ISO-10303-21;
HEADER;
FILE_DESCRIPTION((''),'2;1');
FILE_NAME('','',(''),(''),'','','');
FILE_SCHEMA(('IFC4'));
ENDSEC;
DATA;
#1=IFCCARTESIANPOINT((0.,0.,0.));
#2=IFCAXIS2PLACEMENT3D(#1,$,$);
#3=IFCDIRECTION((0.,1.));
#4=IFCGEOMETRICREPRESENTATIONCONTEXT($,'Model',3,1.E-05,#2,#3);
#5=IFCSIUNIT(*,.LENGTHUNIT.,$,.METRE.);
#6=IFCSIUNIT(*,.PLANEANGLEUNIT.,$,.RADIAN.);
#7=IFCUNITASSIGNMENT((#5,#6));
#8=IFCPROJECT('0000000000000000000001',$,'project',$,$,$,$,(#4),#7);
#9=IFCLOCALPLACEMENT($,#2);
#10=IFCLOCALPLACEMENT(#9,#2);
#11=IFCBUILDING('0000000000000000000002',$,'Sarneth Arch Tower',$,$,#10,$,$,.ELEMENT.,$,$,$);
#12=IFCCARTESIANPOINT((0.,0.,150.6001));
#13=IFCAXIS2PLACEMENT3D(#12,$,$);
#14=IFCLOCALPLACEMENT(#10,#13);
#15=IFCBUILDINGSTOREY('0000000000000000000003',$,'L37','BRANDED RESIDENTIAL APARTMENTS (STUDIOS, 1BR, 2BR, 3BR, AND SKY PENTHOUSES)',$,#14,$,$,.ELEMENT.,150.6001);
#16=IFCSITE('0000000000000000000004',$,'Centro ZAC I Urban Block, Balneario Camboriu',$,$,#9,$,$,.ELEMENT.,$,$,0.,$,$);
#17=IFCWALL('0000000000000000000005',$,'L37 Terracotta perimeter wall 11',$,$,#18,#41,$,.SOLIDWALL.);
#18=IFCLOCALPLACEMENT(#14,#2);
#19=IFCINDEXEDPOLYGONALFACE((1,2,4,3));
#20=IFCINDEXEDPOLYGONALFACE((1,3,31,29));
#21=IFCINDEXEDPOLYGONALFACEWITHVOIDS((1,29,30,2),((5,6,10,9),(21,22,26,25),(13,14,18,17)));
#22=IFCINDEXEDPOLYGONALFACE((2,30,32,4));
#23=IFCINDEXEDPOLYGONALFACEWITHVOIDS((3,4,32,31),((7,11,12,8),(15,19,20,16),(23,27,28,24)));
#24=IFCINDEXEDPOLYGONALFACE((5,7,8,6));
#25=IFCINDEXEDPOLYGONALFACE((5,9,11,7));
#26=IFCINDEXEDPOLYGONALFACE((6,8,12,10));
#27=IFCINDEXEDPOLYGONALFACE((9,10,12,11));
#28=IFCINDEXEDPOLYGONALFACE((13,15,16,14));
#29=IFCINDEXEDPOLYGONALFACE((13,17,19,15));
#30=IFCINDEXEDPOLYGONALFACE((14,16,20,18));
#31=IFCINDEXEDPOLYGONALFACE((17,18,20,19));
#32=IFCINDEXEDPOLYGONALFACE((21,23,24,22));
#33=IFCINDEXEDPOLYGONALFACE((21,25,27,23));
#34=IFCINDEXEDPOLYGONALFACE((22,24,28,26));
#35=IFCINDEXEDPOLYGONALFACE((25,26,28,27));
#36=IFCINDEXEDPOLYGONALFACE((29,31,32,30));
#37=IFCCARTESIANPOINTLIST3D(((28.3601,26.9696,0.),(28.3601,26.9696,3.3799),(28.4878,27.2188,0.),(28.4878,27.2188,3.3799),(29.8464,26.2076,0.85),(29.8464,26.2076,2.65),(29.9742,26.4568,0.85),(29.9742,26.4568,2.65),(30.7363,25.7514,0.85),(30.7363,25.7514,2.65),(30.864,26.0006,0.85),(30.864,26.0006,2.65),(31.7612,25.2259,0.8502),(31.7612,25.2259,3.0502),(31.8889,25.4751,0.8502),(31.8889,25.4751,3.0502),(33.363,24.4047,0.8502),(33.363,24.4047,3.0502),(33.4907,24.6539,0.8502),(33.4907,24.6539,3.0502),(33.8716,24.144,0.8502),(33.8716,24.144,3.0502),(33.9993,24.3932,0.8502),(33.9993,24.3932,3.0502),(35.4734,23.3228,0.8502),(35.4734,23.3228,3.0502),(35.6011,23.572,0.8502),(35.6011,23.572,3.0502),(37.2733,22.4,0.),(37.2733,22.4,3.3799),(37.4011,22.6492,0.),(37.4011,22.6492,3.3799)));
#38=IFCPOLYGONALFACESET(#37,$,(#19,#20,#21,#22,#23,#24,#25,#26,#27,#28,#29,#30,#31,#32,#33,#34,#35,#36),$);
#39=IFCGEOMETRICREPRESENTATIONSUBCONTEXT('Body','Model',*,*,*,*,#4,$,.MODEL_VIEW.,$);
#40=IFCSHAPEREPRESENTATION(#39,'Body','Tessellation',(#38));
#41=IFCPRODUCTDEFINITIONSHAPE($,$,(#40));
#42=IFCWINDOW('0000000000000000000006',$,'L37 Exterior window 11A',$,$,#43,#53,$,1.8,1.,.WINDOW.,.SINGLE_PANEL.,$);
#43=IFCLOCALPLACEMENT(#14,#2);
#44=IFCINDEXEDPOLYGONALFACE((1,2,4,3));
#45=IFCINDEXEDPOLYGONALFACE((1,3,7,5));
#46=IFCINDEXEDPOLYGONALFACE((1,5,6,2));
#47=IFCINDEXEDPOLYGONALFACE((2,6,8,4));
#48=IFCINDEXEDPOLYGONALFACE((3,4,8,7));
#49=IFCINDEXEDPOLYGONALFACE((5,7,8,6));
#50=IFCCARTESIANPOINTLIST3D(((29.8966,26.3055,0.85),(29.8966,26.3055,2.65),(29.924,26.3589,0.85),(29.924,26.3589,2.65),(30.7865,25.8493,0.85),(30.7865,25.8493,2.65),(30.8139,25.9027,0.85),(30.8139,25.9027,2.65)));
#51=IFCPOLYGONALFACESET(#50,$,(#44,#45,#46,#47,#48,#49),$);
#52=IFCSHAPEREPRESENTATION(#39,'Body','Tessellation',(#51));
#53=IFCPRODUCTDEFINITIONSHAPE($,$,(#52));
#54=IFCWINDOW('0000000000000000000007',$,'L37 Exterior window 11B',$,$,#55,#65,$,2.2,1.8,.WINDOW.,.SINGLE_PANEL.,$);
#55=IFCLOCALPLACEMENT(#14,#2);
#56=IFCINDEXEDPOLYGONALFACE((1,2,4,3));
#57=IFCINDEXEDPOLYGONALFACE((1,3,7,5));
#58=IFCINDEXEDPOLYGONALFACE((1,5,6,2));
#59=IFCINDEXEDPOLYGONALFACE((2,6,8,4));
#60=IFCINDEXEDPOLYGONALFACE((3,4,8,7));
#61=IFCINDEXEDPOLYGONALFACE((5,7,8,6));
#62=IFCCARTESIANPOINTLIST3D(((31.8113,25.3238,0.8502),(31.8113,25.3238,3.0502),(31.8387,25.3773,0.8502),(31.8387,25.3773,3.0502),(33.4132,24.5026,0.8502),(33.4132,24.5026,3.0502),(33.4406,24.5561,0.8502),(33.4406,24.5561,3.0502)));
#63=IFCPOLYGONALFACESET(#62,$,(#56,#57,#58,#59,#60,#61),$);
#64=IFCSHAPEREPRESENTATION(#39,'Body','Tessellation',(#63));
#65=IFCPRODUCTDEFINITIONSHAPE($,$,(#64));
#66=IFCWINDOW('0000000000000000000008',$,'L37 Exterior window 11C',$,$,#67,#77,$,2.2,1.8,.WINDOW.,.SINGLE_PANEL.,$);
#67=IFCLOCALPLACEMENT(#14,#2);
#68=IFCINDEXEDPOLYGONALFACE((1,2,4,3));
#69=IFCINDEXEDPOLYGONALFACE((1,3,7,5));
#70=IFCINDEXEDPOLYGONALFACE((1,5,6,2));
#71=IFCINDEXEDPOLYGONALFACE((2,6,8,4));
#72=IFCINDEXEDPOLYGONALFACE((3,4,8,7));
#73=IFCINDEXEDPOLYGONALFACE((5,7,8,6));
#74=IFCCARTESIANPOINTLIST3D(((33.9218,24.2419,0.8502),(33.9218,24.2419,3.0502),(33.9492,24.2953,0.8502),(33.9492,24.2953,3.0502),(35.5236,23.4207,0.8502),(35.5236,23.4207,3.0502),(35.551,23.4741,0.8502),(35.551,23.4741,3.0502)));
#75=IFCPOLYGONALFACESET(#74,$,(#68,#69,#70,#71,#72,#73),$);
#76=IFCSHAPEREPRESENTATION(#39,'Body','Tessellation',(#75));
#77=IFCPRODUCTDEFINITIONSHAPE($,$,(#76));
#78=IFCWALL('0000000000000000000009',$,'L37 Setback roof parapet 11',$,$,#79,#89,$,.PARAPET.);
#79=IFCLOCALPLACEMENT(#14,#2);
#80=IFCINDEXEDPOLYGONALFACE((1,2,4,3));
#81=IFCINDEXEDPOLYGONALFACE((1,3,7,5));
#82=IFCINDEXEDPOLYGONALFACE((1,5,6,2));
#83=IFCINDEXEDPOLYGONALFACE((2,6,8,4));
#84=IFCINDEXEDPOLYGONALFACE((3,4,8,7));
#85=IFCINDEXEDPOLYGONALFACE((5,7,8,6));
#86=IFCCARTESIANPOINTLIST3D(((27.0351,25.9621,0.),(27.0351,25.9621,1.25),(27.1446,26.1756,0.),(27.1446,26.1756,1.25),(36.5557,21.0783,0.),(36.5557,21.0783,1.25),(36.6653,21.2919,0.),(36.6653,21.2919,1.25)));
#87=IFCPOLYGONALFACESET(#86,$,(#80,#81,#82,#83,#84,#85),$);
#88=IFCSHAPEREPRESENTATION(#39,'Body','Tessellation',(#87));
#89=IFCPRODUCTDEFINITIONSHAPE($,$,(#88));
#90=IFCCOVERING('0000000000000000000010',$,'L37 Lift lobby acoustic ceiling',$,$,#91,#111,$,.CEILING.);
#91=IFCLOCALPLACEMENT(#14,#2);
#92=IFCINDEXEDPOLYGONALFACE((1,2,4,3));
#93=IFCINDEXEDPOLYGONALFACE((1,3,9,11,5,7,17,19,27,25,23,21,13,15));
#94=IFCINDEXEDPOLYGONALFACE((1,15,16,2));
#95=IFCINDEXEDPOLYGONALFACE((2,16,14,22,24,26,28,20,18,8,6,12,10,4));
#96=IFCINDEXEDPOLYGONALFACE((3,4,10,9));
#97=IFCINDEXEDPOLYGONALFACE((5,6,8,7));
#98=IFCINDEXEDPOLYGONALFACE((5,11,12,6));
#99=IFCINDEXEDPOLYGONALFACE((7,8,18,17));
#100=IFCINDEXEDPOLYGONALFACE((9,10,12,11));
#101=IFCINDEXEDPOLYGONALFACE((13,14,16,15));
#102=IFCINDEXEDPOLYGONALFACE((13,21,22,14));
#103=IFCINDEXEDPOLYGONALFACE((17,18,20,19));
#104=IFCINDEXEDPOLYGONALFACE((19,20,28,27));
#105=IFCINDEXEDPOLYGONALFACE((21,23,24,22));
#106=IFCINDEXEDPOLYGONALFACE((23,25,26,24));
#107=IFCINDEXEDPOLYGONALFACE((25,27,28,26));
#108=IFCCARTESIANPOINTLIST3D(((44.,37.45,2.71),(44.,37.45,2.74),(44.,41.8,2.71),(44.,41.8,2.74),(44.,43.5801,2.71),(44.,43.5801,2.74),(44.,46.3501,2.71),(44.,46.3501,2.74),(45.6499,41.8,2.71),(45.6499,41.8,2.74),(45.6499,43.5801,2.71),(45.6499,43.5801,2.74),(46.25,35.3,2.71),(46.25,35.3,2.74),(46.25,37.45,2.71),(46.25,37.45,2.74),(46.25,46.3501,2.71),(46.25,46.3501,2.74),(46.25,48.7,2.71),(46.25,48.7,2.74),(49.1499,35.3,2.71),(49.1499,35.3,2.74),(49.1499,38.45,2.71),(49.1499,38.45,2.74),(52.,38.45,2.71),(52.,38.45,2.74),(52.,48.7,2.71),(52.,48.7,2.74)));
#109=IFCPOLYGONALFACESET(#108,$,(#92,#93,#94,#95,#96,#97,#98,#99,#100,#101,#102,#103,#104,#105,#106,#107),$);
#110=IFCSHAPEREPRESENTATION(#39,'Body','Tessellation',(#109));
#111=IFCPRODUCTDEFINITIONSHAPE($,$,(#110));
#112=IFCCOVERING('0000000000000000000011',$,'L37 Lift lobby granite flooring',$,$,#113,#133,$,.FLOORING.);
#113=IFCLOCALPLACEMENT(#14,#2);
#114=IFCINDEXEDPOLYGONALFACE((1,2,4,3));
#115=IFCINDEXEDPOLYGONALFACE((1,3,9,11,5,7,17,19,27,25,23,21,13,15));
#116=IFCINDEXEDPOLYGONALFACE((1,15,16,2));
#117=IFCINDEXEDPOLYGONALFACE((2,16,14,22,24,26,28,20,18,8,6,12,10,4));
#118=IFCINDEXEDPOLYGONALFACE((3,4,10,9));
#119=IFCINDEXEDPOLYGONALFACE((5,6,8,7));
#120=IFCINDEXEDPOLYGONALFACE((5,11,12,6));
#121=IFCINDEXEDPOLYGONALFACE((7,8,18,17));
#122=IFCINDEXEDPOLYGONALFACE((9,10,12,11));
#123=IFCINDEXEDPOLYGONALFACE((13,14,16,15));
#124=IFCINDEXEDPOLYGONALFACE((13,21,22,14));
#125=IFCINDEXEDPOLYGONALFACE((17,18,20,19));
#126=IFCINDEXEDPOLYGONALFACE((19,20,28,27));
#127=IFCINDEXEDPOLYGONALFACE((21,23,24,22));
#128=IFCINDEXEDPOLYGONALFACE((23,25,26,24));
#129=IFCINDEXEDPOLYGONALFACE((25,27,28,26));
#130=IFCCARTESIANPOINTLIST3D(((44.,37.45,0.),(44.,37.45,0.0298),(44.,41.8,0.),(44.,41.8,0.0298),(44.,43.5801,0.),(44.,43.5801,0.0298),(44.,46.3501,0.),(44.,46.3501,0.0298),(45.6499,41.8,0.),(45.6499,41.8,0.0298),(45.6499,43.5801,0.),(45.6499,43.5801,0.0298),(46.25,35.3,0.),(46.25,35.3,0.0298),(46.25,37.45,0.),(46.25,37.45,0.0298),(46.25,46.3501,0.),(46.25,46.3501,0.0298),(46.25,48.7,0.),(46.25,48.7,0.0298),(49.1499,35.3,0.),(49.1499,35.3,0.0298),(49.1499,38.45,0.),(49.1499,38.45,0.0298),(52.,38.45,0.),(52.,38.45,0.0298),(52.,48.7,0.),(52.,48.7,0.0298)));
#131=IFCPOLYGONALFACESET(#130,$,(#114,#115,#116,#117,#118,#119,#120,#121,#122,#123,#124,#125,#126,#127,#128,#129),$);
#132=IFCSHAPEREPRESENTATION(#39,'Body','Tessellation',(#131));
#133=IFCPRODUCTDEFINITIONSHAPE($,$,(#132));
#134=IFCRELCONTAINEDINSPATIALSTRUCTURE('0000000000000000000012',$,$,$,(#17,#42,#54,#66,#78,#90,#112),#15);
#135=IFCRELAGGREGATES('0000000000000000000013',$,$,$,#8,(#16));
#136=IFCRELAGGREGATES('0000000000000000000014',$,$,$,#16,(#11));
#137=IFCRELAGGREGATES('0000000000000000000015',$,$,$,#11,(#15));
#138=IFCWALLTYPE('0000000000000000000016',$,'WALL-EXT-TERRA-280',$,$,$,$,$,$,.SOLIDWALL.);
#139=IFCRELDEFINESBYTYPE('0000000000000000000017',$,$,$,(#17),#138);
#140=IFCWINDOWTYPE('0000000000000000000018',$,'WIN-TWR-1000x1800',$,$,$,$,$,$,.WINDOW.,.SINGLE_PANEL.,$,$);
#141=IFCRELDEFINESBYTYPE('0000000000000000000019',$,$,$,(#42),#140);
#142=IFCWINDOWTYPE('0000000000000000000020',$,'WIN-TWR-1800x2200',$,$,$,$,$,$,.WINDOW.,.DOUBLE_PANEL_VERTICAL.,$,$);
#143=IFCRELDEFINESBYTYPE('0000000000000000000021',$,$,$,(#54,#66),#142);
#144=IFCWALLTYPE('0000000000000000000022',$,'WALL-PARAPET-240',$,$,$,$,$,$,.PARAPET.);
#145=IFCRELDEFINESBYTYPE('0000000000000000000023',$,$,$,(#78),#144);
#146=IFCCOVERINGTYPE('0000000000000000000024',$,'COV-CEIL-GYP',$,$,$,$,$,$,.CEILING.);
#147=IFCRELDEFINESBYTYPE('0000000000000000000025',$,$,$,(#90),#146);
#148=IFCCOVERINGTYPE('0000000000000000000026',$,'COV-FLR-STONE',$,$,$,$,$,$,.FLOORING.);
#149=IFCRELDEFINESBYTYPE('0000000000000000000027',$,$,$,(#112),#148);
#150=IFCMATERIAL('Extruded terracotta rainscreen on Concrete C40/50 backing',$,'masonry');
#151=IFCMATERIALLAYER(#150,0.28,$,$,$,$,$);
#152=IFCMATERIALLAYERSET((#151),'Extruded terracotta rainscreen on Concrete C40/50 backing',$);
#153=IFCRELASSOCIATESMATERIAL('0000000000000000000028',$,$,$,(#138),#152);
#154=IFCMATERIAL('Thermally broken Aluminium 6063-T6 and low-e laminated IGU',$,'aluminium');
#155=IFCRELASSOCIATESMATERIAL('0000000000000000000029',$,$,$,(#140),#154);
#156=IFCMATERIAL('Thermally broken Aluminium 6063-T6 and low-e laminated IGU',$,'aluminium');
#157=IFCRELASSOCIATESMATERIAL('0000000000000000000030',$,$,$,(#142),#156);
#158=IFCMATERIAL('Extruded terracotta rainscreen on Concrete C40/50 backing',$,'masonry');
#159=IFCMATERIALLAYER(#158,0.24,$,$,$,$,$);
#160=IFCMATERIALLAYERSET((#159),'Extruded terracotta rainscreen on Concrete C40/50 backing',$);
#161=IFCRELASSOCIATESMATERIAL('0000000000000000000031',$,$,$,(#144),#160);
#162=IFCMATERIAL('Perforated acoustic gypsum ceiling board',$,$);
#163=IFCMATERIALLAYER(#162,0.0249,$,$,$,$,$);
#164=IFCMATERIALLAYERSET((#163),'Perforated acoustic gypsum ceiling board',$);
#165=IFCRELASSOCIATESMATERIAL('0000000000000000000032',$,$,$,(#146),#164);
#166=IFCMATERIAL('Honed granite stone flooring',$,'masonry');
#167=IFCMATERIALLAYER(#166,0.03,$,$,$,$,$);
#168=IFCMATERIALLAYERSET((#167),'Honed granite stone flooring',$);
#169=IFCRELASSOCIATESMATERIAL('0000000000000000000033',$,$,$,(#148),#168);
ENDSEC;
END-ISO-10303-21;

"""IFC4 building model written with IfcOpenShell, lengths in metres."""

from ifc_helpers import new_model, si_unit, direction, frame, frame_2d, origin, place, context, subcontext, project, spatial, polyline, rectangle, outline, extrude, material, layer, layer_set, type_object, element, fill, save


model = new_model("IFC4")

# Units and contexts
model_context = context("Model", 3, precision=1e-05, world=origin(), true_north=direction((0.0, 1.0)))
body_context = subcontext(model_context, "Body", "Model", "MODEL_VIEW")
ifc_project = project(units=[si_unit("LENGTHUNIT", "METRE"), si_unit("PLANEANGLEUNIT", "RADIAN")], contexts=[model_context])

# Site, building, storey
site_placement = place(None, origin())
site = spatial("IfcSite", under=ifc_project, at=site_placement, Name="Centro ZAC I Urban Block, Balneario Camboriu", CompositionType="ELEMENT", RefElevation=0.0)
building_placement = place(site_placement, origin())
building = spatial("IfcBuilding", under=site, at=building_placement, Name="Sarneth Arch Tower", CompositionType="ELEMENT")
storey_placement = place(building_placement, frame((0.0, 0.0, 150.6001)))
storey = spatial("IfcBuildingStorey", under=building, at=storey_placement, Name="L37", Description="BRANDED RESIDENTIAL APARTMENTS (STUDIOS, 1BR, 2BR, 3BR, AND SKY PENTHOUSES)", CompositionType="ELEMENT", Elevation=150.6001)

# Wall, openings, windows
ifc_material_1 = material(Name="Extruded terracotta rainscreen on Concrete C40/50 backing", Category="masonry")
ifc_layer_1 = layer(ifc_material_1, 0.28)
ifc_layer_set_1 = layer_set([ifc_layer_1], Name="Extruded terracotta rainscreen on Concrete C40/50 backing")
wall_type_1 = type_object("IfcWallType", Name="WALL-EXT-TERRA-280", PredefinedType="SOLIDWALL", material=ifc_layer_set_1)
wall_1_placement = place(storey_placement, frame((28.4238, 27.0942, 0.0), z_axis=(0.0, 0.0, 1.0), x_axis=(0.889873, -0.456209, 0.0)))
wall_1 = element("IfcWall", 1, at=wall_1_placement, inside=storey, type_object=wall_type_1, Name="L37 Terracotta perimeter wall 11", PredefinedType="SOLIDWALL", context=body_context, shape_type="SweptSolid", body=[
    extrude(rectangle(XDim=10.0164, YDim=0.28, at=frame_2d((5.0083, 0.0))), origin(), (0.0, 0.0, 1.0), 3.3799),
])
opening_1_placement = place(wall_1_placement, frame((1.6704, 0.0, 0.8501)))
opening_1 = element("IfcOpeningElement", 2, at=opening_1_placement, cuts=wall_1, PredefinedType="OPENING", context=body_context, shape_type="SweptSolid", body=[
    extrude(rectangle(XDim=1.0, YDim=1.8, at=frame_2d((0.5, 0.8999))), frame((0.0, 0.1499, 0.0), z_axis=(0.0, -1.0, 0.0), x_axis=(1.0, 0.0, 0.0)), (0.0, 0.0, 1.0), 0.3),
])
opening_2_placement = place(wall_1_placement, frame((3.8223, 0.0, 0.8501)))
opening_2 = element("IfcOpeningElement", 3, at=opening_2_placement, cuts=wall_1, PredefinedType="OPENING", context=body_context, shape_type="SweptSolid", body=[
    extrude(rectangle(XDim=1.8, YDim=2.2, at=frame_2d((0.8999, 1.1001))), frame((0.0, 0.1499, 0.0), z_axis=(0.0, -1.0, 0.0), x_axis=(1.0, 0.0, 0.0)), (0.0, 0.0, 1.0), 0.3),
])
opening_3_placement = place(wall_1_placement, frame((6.1938, 0.0, 0.8501)))
opening_3 = element("IfcOpeningElement", 4, at=opening_3_placement, cuts=wall_1, PredefinedType="OPENING", context=body_context, shape_type="SweptSolid", body=[
    extrude(rectangle(XDim=1.8, YDim=2.2, at=frame_2d((0.8999, 1.1001))), frame((0.0, 0.1499, 0.0), z_axis=(0.0, -1.0, 0.0), x_axis=(1.0, 0.0, 0.0)), (0.0, 0.0, 1.0), 0.3),
])
ifc_material_2 = material(Name="Thermally broken Aluminium 6063-T6 and low-e laminated IGU", Category="aluminium")
window_type_1 = type_object("IfcWindowType", Name="WIN-TWR-1000x1800", PartitioningType="SINGLE_PANEL", PredefinedType="WINDOW", material=ifc_material_2)
window_1_placement = place(opening_1_placement, origin())
window_1 = element("IfcWindow", 5, at=window_1_placement, inside=storey, type_object=window_type_1, Name="L37 Exterior window 11A", OverallHeight=1.8, OverallWidth=1.0, PartitioningType="SINGLE_PANEL", PredefinedType="WINDOW", context=body_context, shape_type="SweptSolid", body=[
    extrude(rectangle(XDim=1.0, YDim=1.8, at=frame_2d((0.5, 0.8999))), frame((0.0, 0.03, 0.0), z_axis=(0.0, -1.0, 0.0), x_axis=(1.0, 0.0, 0.0)), (0.0, 0.0, 1.0), 0.0601),
])
fill(opening_1, window_1)
ifc_material_3 = material(Name="Thermally broken Aluminium 6063-T6 and low-e laminated IGU", Category="aluminium")
window_type_2 = type_object("IfcWindowType", Name="WIN-TWR-1800x2200", PartitioningType="DOUBLE_PANEL_VERTICAL", PredefinedType="WINDOW", material=ifc_material_3)
window_2_placement = place(opening_2_placement, origin())
window_2 = element("IfcWindow", 6, at=window_2_placement, inside=storey, type_object=window_type_2, Name="L37 Exterior window 11B", OverallHeight=2.2, OverallWidth=1.8, PartitioningType="SINGLE_PANEL", PredefinedType="WINDOW", context=body_context, shape_type="SweptSolid", body=[
    extrude(rectangle(XDim=1.8, YDim=2.2, at=frame_2d((0.8999, 1.1001))), frame((0.0, 0.03, 0.0), z_axis=(0.0, -1.0, 0.0), x_axis=(1.0, 0.0, 0.0)), (0.0, 0.0, 1.0), 0.0601),
])
fill(opening_2, window_2)
window_3_placement = place(opening_3_placement, origin())
window_3 = element("IfcWindow", 7, at=window_3_placement, inside=storey, type_object=window_type_2, Name="L37 Exterior window 11C", OverallHeight=2.2, OverallWidth=1.8, PartitioningType="SINGLE_PANEL", PredefinedType="WINDOW", context=body_context, shape_type="SweptSolid", body=[
    extrude(rectangle(XDim=1.8, YDim=2.2, at=frame_2d((0.8999, 1.1001))), frame((0.0, 0.03, 0.0), z_axis=(0.0, -1.0, 0.0), x_axis=(1.0, 0.0, 0.0)), (0.0, 0.0, 1.0), 0.0601),
])
fill(opening_3, window_3)

# Wall
ifc_material_4 = material(Name="Extruded terracotta rainscreen on Concrete C40/50 backing", Category="masonry")
ifc_layer_2 = layer(ifc_material_4, 0.24)
ifc_layer_set_2 = layer_set([ifc_layer_2], Name="Extruded terracotta rainscreen on Concrete C40/50 backing")
wall_type_2 = type_object("IfcWallType", Name="WALL-PARAPET-240", PredefinedType="PARAPET", material=ifc_layer_set_2)
wall_2_placement = place(storey_placement, frame((27.0898, 26.0688, 0.0), z_axis=(0.0, 0.0, 1.0), x_axis=(0.889766, -0.456417, 0.0)))
element("IfcWall", 8, at=wall_2_placement, inside=storey, type_object=wall_type_2, Name="L37 Setback roof parapet 11", PredefinedType="PARAPET", context=body_context, shape_type="SweptSolid", body=[
    extrude(rectangle(XDim=10.7002, YDim=0.24, at=frame_2d((5.3501, 0.0))), origin(), (0.0, 0.0, 1.0), 1.25),
])

# Coverings
ifc_material_5 = material(Name="Perforated acoustic gypsum ceiling board")
ifc_layer_3 = layer(ifc_material_5, 0.0249)
ifc_layer_set_3 = layer_set([ifc_layer_3], Name="Perforated acoustic gypsum ceiling board")
covering_type_1 = type_object("IfcCoveringType", Name="COV-CEIL-GYP", PredefinedType="CEILING", material=ifc_layer_set_3)
covering_1_placement = place(storey_placement, frame((0.0, 0.0, 2.71)))
element("IfcCovering", 9, at=covering_1_placement, inside=storey, type_object=covering_type_1, Name="L37 Lift lobby acoustic ceiling", PredefinedType="CEILING", context=body_context, shape_type="SweptSolid", body=[
    extrude(outline(polyline([(49.1499, 38.45), (49.1499, 35.3), (46.25, 35.3), (46.25, 37.45), (44.0, 37.45), (44.0, 41.8), (45.6499, 41.8), (45.6499, 43.5801), (44.0, 43.5801), (44.0, 46.3501), (46.25, 46.3501), (46.25, 48.7), (52.0, 48.7), (52.0, 38.45), (49.1499, 38.45)])), origin(), (0.0, 0.0, 1.0), 0.03),
])
ifc_material_6 = material(Name="Honed granite stone flooring", Category="masonry")
ifc_layer_4 = layer(ifc_material_6, 0.03)
ifc_layer_set_4 = layer_set([ifc_layer_4], Name="Honed granite stone flooring")
covering_type_2 = type_object("IfcCoveringType", Name="COV-FLR-STONE", PredefinedType="FLOORING", material=ifc_layer_set_4)
covering_2_placement = place(storey_placement, origin())
element("IfcCovering", 10, at=covering_2_placement, inside=storey, type_object=covering_type_2, Name="L37 Lift lobby granite flooring", PredefinedType="FLOORING", context=body_context, shape_type="SweptSolid", body=[
    extrude(outline(polyline([(49.1499, 38.45), (49.1499, 35.3), (46.25, 35.3), (46.25, 37.45), (44.0, 37.45), (44.0, 41.8), (45.6499, 41.8), (45.6499, 43.5801), (44.0, 43.5801), (44.0, 46.3501), (46.25, 46.3501), (46.25, 48.7), (52.0, 48.7), (52.0, 38.45), (49.1499, 38.45)])), origin(), (0.0, 0.0, 1.0), 0.0298),
])

save(model, "model.ifc")
